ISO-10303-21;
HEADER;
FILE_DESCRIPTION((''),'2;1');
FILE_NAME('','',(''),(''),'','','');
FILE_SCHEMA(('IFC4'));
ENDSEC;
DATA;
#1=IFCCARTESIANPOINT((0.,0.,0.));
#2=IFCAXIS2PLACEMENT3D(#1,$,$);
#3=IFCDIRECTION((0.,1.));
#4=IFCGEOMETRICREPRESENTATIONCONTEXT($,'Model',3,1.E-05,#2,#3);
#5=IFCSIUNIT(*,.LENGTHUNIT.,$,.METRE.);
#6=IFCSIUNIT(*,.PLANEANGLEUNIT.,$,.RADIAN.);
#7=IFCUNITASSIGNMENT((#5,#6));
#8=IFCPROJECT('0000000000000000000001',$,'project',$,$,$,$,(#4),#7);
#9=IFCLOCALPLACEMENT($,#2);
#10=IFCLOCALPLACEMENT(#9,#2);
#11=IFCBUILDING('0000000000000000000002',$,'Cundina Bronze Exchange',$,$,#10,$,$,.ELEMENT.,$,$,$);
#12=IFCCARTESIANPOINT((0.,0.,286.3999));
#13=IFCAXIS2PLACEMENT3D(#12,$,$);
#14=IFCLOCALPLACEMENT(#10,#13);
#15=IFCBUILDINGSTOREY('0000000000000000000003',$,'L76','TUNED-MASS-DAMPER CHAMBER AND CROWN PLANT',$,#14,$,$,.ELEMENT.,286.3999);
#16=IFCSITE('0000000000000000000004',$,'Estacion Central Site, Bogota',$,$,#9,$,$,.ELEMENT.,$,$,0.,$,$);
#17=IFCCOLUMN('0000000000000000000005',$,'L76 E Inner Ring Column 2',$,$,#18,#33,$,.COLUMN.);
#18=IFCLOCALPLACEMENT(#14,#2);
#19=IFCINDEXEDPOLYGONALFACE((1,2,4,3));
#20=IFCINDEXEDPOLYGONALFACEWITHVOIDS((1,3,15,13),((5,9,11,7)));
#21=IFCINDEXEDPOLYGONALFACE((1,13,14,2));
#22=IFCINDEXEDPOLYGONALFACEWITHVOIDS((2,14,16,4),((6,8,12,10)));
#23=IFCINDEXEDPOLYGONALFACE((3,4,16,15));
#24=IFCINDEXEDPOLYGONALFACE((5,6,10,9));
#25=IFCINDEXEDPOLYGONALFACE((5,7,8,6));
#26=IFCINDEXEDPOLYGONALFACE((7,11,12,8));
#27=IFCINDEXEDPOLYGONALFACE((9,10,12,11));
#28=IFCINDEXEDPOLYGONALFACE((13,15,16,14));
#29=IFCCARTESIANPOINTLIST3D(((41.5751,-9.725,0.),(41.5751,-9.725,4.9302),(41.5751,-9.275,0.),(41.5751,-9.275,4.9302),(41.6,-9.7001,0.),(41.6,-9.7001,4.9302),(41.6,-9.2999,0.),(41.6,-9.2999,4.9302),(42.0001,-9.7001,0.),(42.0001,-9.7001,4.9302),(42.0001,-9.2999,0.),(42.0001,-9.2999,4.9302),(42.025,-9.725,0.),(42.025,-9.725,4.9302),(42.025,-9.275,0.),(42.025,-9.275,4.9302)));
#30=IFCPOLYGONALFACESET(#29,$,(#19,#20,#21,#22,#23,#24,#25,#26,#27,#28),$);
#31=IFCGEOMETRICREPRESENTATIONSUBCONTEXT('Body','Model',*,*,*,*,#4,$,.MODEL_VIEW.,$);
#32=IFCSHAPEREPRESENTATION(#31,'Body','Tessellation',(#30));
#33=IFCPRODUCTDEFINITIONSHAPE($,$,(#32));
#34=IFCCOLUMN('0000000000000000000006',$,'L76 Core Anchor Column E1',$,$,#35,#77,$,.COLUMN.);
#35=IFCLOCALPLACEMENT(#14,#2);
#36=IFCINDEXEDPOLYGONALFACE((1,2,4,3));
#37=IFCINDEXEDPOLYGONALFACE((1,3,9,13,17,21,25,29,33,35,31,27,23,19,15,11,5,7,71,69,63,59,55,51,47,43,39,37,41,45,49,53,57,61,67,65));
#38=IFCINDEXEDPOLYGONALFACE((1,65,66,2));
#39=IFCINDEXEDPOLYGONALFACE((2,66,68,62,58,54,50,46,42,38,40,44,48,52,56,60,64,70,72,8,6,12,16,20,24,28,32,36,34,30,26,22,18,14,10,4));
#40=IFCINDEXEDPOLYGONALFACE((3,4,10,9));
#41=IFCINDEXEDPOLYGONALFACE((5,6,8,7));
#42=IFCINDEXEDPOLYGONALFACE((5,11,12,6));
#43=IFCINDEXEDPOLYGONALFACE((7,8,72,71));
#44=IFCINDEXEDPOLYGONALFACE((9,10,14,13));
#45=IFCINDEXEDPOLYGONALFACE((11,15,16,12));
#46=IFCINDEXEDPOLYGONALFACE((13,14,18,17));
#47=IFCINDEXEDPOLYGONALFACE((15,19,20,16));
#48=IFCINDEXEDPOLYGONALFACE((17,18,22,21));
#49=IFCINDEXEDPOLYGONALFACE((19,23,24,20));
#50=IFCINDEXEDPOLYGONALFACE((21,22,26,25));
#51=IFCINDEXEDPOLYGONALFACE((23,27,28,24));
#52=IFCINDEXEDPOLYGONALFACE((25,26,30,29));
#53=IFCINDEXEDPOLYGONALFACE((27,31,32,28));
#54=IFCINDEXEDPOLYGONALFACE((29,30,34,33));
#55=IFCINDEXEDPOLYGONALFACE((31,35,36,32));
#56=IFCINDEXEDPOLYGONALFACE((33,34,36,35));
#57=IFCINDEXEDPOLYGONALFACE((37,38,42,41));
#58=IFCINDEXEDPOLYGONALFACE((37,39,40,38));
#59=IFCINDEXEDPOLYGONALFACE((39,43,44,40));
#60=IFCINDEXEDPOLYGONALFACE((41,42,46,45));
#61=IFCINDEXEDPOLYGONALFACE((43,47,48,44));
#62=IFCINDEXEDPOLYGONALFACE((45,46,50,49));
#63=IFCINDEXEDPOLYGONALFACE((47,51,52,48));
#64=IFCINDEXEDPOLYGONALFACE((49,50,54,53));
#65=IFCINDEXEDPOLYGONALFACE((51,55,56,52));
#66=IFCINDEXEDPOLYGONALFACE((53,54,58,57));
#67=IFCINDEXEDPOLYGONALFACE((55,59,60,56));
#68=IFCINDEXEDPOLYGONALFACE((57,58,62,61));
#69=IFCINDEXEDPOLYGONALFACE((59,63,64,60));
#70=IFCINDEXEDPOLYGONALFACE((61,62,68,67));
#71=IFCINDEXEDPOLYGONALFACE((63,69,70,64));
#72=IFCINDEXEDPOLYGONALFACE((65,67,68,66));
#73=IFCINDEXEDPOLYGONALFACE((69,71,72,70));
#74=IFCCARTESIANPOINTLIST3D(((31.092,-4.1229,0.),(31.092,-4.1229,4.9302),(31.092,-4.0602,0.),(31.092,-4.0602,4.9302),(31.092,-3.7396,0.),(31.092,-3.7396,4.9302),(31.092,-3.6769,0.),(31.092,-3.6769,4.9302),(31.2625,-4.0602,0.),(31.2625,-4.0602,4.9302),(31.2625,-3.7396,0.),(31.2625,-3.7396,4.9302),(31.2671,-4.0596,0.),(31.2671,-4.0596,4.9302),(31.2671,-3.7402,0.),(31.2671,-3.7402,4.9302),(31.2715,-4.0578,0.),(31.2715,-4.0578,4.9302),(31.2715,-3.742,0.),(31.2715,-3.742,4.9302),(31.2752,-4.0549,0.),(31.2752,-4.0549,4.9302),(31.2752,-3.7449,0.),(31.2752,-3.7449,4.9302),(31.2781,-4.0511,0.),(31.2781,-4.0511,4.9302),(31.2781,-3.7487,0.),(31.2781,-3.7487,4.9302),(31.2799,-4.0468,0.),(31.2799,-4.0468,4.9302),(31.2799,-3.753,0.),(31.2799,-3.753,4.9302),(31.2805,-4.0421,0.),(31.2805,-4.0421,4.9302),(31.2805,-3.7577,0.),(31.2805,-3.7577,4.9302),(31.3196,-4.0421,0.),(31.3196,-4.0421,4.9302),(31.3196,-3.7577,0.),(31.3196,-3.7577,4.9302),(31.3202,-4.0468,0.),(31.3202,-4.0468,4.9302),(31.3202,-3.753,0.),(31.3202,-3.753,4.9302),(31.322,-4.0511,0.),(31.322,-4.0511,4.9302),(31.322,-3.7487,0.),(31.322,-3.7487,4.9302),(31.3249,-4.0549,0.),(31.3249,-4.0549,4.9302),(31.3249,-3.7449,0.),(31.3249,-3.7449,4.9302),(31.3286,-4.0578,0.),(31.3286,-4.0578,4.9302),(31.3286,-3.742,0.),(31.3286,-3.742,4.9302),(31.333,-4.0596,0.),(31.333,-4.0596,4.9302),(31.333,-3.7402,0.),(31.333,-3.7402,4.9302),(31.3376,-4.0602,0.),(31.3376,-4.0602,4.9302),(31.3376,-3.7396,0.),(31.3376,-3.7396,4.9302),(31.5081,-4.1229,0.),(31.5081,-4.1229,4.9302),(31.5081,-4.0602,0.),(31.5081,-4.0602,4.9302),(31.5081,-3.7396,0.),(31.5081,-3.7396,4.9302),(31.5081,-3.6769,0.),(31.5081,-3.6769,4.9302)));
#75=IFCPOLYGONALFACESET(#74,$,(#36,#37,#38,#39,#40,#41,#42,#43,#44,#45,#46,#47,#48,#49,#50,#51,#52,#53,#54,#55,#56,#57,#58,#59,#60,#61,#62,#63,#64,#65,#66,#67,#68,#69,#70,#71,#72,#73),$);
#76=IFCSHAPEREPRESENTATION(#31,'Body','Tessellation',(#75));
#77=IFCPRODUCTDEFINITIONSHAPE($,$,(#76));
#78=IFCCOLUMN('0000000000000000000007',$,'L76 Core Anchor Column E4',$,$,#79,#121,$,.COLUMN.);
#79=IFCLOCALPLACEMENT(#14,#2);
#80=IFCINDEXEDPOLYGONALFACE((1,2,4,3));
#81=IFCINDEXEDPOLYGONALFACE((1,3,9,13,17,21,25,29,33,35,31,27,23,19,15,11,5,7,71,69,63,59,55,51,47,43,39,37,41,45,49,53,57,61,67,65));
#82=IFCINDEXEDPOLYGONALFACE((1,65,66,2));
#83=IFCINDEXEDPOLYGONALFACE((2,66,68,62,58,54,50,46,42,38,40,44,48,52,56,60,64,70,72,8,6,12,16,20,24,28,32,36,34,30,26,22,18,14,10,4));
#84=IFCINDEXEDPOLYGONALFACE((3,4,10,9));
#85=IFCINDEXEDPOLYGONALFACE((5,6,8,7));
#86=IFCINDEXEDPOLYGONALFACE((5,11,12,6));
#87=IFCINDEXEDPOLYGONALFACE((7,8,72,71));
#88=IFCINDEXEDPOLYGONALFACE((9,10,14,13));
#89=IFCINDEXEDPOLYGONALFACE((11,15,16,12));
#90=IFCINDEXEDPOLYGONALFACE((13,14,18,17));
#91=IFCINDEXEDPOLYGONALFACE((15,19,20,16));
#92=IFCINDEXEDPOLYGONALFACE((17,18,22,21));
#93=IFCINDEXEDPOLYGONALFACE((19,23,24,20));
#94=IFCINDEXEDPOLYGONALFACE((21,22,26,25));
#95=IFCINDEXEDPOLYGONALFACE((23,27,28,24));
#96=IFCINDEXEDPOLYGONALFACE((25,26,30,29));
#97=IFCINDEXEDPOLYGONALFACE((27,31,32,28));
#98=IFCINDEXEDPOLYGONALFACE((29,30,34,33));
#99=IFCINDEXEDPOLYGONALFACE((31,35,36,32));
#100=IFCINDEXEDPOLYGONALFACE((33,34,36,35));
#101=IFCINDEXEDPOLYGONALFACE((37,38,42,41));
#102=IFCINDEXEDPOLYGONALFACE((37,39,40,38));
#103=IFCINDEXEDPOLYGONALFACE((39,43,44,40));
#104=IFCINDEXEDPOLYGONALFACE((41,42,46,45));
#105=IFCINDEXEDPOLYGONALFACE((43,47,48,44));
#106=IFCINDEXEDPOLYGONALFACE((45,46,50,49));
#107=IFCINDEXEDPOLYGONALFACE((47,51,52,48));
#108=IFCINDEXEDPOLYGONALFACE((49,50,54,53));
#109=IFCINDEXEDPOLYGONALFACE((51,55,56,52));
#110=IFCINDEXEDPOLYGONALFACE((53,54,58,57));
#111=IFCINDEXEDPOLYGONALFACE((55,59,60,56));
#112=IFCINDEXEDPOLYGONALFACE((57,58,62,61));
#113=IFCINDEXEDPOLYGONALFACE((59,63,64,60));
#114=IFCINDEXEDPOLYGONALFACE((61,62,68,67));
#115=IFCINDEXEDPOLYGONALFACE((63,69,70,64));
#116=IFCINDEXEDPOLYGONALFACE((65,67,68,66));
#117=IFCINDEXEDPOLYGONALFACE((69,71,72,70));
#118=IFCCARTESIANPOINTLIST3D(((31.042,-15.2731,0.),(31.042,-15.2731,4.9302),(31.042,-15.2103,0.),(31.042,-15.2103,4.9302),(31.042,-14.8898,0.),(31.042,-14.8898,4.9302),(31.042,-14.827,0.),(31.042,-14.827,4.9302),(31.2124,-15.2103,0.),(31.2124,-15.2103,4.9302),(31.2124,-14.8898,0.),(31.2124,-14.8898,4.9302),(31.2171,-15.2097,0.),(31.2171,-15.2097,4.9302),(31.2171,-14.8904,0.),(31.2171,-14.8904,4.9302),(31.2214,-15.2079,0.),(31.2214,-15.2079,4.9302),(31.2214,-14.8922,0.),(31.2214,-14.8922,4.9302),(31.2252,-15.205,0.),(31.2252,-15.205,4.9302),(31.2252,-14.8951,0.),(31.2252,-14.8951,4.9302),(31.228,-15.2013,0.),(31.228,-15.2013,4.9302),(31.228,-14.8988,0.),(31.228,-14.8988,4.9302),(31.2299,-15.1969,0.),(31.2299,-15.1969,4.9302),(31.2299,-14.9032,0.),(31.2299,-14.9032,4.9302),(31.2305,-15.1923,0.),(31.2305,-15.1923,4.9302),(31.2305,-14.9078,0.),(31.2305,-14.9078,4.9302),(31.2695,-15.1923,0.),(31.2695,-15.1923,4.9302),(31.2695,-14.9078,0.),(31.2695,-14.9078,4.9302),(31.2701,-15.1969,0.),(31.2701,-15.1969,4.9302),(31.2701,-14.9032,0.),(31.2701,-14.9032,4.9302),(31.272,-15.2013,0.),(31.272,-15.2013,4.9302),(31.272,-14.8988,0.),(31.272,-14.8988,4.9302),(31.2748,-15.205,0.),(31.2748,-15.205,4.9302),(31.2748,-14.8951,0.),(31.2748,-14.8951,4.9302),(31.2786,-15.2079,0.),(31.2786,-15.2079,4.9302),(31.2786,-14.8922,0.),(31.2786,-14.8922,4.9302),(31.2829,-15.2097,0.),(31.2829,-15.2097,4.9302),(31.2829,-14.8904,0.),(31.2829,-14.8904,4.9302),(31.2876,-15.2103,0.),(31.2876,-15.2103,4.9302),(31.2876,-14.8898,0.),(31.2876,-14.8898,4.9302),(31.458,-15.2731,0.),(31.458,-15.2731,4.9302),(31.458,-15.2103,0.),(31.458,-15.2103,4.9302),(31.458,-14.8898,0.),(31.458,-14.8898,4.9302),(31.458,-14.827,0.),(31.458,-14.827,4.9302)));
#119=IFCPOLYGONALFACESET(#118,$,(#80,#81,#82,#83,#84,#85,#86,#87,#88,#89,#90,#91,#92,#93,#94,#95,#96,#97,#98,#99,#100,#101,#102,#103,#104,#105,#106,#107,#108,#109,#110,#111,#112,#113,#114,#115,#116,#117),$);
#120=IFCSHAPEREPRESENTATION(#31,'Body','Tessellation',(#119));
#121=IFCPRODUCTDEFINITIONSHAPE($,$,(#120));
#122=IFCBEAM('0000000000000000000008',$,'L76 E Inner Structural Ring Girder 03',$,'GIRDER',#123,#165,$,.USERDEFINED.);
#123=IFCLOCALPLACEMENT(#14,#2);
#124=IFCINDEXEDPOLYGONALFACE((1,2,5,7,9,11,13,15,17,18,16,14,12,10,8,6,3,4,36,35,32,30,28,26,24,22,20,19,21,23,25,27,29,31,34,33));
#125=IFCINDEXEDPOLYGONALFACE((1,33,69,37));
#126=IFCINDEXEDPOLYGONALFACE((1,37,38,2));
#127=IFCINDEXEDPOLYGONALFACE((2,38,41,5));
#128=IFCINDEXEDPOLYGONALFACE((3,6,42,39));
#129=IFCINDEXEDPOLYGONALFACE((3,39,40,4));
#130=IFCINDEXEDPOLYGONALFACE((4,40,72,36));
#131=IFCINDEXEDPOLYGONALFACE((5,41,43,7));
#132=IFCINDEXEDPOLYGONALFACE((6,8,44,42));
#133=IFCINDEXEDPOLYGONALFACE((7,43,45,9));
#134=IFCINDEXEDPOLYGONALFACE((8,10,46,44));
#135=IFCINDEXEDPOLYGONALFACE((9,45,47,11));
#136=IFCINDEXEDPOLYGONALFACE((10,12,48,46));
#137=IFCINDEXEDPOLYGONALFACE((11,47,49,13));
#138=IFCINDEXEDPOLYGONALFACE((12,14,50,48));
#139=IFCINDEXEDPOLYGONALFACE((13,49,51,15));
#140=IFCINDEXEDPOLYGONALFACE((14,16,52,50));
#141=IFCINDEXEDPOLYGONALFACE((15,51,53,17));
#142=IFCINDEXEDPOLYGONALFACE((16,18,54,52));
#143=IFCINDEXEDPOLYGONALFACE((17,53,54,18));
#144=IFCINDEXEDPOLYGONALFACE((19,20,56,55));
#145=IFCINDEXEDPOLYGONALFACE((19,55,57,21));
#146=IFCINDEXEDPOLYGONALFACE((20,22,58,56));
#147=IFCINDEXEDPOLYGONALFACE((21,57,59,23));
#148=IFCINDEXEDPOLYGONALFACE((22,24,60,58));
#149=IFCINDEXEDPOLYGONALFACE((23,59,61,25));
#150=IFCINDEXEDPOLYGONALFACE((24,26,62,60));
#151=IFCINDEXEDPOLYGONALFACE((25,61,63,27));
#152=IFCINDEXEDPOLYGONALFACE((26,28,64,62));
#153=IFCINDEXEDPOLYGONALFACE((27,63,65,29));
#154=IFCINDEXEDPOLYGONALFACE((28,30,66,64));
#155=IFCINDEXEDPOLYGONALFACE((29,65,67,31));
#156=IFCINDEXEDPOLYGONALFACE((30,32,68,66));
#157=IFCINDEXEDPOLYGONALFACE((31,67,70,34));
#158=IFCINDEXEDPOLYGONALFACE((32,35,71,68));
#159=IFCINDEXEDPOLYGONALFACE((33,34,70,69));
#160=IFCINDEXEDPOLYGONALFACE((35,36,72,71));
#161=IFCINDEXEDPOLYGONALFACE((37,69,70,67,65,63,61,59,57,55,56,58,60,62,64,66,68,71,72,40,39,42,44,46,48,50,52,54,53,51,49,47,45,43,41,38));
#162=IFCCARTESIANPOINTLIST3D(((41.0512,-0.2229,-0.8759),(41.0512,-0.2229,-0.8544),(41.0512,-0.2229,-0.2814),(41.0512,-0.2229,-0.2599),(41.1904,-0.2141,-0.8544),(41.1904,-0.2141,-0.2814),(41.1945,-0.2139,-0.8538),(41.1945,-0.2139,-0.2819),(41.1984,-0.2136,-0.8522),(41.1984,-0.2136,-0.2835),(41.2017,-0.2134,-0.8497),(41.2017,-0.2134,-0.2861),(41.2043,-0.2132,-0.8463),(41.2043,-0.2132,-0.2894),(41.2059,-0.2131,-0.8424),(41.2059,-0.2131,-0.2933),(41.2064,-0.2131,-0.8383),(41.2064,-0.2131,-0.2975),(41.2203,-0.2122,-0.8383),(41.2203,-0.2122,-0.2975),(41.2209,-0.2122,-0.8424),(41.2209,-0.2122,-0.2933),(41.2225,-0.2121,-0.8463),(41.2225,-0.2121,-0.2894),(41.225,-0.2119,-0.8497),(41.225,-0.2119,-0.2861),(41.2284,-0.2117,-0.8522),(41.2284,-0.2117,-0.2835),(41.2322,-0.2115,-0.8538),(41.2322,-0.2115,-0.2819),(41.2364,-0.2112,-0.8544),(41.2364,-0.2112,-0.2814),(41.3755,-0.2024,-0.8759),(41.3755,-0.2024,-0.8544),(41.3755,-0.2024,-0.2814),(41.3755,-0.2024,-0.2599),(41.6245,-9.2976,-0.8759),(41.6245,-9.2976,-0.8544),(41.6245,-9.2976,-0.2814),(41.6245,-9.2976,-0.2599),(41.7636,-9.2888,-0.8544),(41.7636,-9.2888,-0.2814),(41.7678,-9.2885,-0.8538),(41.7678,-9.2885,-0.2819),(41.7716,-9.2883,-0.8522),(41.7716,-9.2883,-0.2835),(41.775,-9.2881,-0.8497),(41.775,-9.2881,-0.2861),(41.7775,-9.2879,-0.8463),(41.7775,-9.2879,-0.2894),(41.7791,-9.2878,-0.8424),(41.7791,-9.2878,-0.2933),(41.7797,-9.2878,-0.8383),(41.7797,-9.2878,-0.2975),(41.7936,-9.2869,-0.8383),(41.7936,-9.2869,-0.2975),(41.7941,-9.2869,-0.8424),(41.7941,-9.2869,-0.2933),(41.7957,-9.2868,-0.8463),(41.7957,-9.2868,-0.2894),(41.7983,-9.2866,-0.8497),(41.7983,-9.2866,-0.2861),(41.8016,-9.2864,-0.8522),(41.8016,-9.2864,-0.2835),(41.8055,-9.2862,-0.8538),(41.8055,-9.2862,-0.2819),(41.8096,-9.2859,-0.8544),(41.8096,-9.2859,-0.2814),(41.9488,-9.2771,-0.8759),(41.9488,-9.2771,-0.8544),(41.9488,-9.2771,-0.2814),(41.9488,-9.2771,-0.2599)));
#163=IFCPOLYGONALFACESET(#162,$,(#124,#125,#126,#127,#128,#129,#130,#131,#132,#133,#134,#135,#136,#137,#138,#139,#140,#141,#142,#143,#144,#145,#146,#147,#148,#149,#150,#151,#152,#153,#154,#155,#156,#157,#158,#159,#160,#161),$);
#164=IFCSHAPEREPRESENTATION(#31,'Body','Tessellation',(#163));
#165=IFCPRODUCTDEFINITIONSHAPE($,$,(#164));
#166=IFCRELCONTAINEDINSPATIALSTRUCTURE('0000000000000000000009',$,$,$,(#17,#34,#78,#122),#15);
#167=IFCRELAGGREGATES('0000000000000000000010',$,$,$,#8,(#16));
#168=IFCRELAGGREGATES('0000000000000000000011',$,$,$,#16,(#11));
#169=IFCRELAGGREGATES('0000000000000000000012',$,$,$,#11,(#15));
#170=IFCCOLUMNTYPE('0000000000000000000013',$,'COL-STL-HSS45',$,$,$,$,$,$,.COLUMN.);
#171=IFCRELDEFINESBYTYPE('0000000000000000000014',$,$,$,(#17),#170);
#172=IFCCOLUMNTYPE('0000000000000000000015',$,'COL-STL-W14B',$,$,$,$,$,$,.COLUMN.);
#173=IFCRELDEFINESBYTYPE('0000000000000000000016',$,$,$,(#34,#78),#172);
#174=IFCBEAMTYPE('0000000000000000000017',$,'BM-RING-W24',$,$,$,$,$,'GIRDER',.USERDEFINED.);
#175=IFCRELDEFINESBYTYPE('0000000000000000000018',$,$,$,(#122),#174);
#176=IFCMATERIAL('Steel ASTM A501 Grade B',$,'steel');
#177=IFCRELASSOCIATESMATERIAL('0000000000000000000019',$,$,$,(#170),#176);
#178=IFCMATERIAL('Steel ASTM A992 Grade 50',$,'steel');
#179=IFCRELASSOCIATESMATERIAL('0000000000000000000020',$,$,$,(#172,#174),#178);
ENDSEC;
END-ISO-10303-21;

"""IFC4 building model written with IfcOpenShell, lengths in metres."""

from ifc_helpers import new_model, si_unit, direction, frame, origin, origin_2d, place, context, subcontext, project, spatial, hollow_rectangle, i_section, extrude, material, material_profile, profile_set, type_object, element, save


model = new_model("IFC4")

# Units and contexts
model_context = context("Model", 3, precision=1e-05, world=origin(), true_north=direction((0.0, 1.0)))
body_context = subcontext(model_context, "Body", "Model", "MODEL_VIEW")
ifc_project = project(units=[si_unit("LENGTHUNIT", "METRE"), si_unit("PLANEANGLEUNIT", "RADIAN")], contexts=[model_context])

# Site, building, storey
site_placement = place(None, origin())
site = spatial("IfcSite", under=ifc_project, at=site_placement, Name="Estacion Central Site, Bogota", CompositionType="ELEMENT", RefElevation=0.0)
building_placement = place(site_placement, origin())
building = spatial("IfcBuilding", under=site, at=building_placement, Name="Cundina Bronze Exchange", CompositionType="ELEMENT")
storey_placement = place(building_placement, frame((0.0, 0.0, 286.3999)))
storey = spatial("IfcBuildingStorey", under=building, at=storey_placement, Name="L76", Description="TUNED-MASS-DAMPER CHAMBER AND CROWN PLANT", CompositionType="ELEMENT", Elevation=286.3999)

# Columns
ifc_material_1 = material(Name="Steel ASTM A501 Grade B", Category="steel")
ifc_material_profile_1 = material_profile(ifc_material_1, hollow_rectangle(XDim=0.45, YDim=0.45, WallThickness=0.0249, at=origin_2d()), Name="HSS450X450X25", Category="steel")
ifc_profile_set_1 = profile_set([ifc_material_profile_1], Name="Steel ASTM A501 Grade B")
column_type_1 = type_object("IfcColumnType", Name="COL-STL-HSS45", PredefinedType="COLUMN", material=ifc_profile_set_1)
column_placement = place(storey_placement, frame((41.8, -9.5, 0.0), z_axis=(0.0, 0.0, 1.0), x_axis=(1.0, 0.0, 0.0)))
element("IfcColumn", 1, at=column_placement, inside=storey, type_object=column_type_1, Name="L76 E Inner Ring Column 2", PredefinedType="COLUMN", context=body_context, shape_type="SweptSolid", body=[
    extrude(hollow_rectangle(XDim=0.45, YDim=0.45, WallThickness=0.0249, at=origin_2d()), origin(), (0.0, 0.0, 1.0), 4.9302),
])
ifc_material_2 = material(Name="Steel ASTM A992 Grade 50", Category="steel")
ifc_material_profile_2 = material_profile(ifc_material_2, i_section(OverallWidth=0.416, OverallDepth=0.446, WebThickness=0.0391, FlangeThickness=0.0627, FilletRadius=0.0181, at=origin_2d()), Name="W14X342", Category="steel")
ifc_profile_set_2 = profile_set([ifc_material_profile_2], Name="Steel ASTM A992 Grade 50")
column_type_2 = type_object("IfcColumnType", Name="COL-STL-W14B", PredefinedType="COLUMN", material=ifc_profile_set_2)
for number, where, z_axis, x_axis, name in (
    (2, (31.3, -3.8999, 0.0), (0.0, 0.0, 1.0), (1.0, 0.0, 0.0), "L76 Core Anchor Column E1"),
    (3, (31.25, -15.05, 0.0), (0.0, 0.0, 1.0), (1.0, 0.0, 0.0), "L76 Core Anchor Column E4"),
):
    element("IfcColumn", number, at=place(storey_placement, frame(where, z_axis=z_axis, x_axis=x_axis)), inside=storey, type_object=column_type_2, Name=name, PredefinedType="COLUMN", context=body_context, shape_type="SweptSolid", body=[
        extrude(i_section(OverallWidth=0.416, OverallDepth=0.446, WebThickness=0.0391, FlangeThickness=0.0627, FilletRadius=0.0181, at=origin_2d()), origin(), (0.0, 0.0, 1.0), 4.9302),
    ])

# Beam
ifc_material_profile_3 = material_profile(ifc_material_2, i_section(OverallWidth=0.325, OverallDepth=0.616, WebThickness=0.0139, FlangeThickness=0.0215, FilletRadius=0.0161, at=origin_2d()), Name="W24X117", Category="steel")
ifc_profile_set_3 = profile_set([ifc_material_profile_3], Name="Steel ASTM A992 Grade 50")
beam_type_1 = type_object("IfcBeamType", Name="BM-RING-W24", ElementType="GIRDER", PredefinedType="USERDEFINED", material=ifc_profile_set_3)
beam_1_placement = place(storey_placement, frame((41.7866, -9.2874, -0.5679), z_axis=(-0.063044, 0.998011, 0.0), x_axis=(-0.998011, -0.063044, 0.0)))
element("IfcBeam", 4, at=beam_1_placement, inside=storey, type_object=beam_type_1, Name="L76 E Inner Structural Ring Girder 03", ObjectType="GIRDER", PredefinedType="USERDEFINED", context=body_context, shape_type="SweptSolid", body=[
    extrude(i_section(OverallWidth=0.325, OverallDepth=0.616, WebThickness=0.0139, FlangeThickness=0.0215, FilletRadius=0.0161, at=origin_2d()), origin(), (0.0, 0.0, 1.0), 9.0928),
])

save(model, "model.ifc")
